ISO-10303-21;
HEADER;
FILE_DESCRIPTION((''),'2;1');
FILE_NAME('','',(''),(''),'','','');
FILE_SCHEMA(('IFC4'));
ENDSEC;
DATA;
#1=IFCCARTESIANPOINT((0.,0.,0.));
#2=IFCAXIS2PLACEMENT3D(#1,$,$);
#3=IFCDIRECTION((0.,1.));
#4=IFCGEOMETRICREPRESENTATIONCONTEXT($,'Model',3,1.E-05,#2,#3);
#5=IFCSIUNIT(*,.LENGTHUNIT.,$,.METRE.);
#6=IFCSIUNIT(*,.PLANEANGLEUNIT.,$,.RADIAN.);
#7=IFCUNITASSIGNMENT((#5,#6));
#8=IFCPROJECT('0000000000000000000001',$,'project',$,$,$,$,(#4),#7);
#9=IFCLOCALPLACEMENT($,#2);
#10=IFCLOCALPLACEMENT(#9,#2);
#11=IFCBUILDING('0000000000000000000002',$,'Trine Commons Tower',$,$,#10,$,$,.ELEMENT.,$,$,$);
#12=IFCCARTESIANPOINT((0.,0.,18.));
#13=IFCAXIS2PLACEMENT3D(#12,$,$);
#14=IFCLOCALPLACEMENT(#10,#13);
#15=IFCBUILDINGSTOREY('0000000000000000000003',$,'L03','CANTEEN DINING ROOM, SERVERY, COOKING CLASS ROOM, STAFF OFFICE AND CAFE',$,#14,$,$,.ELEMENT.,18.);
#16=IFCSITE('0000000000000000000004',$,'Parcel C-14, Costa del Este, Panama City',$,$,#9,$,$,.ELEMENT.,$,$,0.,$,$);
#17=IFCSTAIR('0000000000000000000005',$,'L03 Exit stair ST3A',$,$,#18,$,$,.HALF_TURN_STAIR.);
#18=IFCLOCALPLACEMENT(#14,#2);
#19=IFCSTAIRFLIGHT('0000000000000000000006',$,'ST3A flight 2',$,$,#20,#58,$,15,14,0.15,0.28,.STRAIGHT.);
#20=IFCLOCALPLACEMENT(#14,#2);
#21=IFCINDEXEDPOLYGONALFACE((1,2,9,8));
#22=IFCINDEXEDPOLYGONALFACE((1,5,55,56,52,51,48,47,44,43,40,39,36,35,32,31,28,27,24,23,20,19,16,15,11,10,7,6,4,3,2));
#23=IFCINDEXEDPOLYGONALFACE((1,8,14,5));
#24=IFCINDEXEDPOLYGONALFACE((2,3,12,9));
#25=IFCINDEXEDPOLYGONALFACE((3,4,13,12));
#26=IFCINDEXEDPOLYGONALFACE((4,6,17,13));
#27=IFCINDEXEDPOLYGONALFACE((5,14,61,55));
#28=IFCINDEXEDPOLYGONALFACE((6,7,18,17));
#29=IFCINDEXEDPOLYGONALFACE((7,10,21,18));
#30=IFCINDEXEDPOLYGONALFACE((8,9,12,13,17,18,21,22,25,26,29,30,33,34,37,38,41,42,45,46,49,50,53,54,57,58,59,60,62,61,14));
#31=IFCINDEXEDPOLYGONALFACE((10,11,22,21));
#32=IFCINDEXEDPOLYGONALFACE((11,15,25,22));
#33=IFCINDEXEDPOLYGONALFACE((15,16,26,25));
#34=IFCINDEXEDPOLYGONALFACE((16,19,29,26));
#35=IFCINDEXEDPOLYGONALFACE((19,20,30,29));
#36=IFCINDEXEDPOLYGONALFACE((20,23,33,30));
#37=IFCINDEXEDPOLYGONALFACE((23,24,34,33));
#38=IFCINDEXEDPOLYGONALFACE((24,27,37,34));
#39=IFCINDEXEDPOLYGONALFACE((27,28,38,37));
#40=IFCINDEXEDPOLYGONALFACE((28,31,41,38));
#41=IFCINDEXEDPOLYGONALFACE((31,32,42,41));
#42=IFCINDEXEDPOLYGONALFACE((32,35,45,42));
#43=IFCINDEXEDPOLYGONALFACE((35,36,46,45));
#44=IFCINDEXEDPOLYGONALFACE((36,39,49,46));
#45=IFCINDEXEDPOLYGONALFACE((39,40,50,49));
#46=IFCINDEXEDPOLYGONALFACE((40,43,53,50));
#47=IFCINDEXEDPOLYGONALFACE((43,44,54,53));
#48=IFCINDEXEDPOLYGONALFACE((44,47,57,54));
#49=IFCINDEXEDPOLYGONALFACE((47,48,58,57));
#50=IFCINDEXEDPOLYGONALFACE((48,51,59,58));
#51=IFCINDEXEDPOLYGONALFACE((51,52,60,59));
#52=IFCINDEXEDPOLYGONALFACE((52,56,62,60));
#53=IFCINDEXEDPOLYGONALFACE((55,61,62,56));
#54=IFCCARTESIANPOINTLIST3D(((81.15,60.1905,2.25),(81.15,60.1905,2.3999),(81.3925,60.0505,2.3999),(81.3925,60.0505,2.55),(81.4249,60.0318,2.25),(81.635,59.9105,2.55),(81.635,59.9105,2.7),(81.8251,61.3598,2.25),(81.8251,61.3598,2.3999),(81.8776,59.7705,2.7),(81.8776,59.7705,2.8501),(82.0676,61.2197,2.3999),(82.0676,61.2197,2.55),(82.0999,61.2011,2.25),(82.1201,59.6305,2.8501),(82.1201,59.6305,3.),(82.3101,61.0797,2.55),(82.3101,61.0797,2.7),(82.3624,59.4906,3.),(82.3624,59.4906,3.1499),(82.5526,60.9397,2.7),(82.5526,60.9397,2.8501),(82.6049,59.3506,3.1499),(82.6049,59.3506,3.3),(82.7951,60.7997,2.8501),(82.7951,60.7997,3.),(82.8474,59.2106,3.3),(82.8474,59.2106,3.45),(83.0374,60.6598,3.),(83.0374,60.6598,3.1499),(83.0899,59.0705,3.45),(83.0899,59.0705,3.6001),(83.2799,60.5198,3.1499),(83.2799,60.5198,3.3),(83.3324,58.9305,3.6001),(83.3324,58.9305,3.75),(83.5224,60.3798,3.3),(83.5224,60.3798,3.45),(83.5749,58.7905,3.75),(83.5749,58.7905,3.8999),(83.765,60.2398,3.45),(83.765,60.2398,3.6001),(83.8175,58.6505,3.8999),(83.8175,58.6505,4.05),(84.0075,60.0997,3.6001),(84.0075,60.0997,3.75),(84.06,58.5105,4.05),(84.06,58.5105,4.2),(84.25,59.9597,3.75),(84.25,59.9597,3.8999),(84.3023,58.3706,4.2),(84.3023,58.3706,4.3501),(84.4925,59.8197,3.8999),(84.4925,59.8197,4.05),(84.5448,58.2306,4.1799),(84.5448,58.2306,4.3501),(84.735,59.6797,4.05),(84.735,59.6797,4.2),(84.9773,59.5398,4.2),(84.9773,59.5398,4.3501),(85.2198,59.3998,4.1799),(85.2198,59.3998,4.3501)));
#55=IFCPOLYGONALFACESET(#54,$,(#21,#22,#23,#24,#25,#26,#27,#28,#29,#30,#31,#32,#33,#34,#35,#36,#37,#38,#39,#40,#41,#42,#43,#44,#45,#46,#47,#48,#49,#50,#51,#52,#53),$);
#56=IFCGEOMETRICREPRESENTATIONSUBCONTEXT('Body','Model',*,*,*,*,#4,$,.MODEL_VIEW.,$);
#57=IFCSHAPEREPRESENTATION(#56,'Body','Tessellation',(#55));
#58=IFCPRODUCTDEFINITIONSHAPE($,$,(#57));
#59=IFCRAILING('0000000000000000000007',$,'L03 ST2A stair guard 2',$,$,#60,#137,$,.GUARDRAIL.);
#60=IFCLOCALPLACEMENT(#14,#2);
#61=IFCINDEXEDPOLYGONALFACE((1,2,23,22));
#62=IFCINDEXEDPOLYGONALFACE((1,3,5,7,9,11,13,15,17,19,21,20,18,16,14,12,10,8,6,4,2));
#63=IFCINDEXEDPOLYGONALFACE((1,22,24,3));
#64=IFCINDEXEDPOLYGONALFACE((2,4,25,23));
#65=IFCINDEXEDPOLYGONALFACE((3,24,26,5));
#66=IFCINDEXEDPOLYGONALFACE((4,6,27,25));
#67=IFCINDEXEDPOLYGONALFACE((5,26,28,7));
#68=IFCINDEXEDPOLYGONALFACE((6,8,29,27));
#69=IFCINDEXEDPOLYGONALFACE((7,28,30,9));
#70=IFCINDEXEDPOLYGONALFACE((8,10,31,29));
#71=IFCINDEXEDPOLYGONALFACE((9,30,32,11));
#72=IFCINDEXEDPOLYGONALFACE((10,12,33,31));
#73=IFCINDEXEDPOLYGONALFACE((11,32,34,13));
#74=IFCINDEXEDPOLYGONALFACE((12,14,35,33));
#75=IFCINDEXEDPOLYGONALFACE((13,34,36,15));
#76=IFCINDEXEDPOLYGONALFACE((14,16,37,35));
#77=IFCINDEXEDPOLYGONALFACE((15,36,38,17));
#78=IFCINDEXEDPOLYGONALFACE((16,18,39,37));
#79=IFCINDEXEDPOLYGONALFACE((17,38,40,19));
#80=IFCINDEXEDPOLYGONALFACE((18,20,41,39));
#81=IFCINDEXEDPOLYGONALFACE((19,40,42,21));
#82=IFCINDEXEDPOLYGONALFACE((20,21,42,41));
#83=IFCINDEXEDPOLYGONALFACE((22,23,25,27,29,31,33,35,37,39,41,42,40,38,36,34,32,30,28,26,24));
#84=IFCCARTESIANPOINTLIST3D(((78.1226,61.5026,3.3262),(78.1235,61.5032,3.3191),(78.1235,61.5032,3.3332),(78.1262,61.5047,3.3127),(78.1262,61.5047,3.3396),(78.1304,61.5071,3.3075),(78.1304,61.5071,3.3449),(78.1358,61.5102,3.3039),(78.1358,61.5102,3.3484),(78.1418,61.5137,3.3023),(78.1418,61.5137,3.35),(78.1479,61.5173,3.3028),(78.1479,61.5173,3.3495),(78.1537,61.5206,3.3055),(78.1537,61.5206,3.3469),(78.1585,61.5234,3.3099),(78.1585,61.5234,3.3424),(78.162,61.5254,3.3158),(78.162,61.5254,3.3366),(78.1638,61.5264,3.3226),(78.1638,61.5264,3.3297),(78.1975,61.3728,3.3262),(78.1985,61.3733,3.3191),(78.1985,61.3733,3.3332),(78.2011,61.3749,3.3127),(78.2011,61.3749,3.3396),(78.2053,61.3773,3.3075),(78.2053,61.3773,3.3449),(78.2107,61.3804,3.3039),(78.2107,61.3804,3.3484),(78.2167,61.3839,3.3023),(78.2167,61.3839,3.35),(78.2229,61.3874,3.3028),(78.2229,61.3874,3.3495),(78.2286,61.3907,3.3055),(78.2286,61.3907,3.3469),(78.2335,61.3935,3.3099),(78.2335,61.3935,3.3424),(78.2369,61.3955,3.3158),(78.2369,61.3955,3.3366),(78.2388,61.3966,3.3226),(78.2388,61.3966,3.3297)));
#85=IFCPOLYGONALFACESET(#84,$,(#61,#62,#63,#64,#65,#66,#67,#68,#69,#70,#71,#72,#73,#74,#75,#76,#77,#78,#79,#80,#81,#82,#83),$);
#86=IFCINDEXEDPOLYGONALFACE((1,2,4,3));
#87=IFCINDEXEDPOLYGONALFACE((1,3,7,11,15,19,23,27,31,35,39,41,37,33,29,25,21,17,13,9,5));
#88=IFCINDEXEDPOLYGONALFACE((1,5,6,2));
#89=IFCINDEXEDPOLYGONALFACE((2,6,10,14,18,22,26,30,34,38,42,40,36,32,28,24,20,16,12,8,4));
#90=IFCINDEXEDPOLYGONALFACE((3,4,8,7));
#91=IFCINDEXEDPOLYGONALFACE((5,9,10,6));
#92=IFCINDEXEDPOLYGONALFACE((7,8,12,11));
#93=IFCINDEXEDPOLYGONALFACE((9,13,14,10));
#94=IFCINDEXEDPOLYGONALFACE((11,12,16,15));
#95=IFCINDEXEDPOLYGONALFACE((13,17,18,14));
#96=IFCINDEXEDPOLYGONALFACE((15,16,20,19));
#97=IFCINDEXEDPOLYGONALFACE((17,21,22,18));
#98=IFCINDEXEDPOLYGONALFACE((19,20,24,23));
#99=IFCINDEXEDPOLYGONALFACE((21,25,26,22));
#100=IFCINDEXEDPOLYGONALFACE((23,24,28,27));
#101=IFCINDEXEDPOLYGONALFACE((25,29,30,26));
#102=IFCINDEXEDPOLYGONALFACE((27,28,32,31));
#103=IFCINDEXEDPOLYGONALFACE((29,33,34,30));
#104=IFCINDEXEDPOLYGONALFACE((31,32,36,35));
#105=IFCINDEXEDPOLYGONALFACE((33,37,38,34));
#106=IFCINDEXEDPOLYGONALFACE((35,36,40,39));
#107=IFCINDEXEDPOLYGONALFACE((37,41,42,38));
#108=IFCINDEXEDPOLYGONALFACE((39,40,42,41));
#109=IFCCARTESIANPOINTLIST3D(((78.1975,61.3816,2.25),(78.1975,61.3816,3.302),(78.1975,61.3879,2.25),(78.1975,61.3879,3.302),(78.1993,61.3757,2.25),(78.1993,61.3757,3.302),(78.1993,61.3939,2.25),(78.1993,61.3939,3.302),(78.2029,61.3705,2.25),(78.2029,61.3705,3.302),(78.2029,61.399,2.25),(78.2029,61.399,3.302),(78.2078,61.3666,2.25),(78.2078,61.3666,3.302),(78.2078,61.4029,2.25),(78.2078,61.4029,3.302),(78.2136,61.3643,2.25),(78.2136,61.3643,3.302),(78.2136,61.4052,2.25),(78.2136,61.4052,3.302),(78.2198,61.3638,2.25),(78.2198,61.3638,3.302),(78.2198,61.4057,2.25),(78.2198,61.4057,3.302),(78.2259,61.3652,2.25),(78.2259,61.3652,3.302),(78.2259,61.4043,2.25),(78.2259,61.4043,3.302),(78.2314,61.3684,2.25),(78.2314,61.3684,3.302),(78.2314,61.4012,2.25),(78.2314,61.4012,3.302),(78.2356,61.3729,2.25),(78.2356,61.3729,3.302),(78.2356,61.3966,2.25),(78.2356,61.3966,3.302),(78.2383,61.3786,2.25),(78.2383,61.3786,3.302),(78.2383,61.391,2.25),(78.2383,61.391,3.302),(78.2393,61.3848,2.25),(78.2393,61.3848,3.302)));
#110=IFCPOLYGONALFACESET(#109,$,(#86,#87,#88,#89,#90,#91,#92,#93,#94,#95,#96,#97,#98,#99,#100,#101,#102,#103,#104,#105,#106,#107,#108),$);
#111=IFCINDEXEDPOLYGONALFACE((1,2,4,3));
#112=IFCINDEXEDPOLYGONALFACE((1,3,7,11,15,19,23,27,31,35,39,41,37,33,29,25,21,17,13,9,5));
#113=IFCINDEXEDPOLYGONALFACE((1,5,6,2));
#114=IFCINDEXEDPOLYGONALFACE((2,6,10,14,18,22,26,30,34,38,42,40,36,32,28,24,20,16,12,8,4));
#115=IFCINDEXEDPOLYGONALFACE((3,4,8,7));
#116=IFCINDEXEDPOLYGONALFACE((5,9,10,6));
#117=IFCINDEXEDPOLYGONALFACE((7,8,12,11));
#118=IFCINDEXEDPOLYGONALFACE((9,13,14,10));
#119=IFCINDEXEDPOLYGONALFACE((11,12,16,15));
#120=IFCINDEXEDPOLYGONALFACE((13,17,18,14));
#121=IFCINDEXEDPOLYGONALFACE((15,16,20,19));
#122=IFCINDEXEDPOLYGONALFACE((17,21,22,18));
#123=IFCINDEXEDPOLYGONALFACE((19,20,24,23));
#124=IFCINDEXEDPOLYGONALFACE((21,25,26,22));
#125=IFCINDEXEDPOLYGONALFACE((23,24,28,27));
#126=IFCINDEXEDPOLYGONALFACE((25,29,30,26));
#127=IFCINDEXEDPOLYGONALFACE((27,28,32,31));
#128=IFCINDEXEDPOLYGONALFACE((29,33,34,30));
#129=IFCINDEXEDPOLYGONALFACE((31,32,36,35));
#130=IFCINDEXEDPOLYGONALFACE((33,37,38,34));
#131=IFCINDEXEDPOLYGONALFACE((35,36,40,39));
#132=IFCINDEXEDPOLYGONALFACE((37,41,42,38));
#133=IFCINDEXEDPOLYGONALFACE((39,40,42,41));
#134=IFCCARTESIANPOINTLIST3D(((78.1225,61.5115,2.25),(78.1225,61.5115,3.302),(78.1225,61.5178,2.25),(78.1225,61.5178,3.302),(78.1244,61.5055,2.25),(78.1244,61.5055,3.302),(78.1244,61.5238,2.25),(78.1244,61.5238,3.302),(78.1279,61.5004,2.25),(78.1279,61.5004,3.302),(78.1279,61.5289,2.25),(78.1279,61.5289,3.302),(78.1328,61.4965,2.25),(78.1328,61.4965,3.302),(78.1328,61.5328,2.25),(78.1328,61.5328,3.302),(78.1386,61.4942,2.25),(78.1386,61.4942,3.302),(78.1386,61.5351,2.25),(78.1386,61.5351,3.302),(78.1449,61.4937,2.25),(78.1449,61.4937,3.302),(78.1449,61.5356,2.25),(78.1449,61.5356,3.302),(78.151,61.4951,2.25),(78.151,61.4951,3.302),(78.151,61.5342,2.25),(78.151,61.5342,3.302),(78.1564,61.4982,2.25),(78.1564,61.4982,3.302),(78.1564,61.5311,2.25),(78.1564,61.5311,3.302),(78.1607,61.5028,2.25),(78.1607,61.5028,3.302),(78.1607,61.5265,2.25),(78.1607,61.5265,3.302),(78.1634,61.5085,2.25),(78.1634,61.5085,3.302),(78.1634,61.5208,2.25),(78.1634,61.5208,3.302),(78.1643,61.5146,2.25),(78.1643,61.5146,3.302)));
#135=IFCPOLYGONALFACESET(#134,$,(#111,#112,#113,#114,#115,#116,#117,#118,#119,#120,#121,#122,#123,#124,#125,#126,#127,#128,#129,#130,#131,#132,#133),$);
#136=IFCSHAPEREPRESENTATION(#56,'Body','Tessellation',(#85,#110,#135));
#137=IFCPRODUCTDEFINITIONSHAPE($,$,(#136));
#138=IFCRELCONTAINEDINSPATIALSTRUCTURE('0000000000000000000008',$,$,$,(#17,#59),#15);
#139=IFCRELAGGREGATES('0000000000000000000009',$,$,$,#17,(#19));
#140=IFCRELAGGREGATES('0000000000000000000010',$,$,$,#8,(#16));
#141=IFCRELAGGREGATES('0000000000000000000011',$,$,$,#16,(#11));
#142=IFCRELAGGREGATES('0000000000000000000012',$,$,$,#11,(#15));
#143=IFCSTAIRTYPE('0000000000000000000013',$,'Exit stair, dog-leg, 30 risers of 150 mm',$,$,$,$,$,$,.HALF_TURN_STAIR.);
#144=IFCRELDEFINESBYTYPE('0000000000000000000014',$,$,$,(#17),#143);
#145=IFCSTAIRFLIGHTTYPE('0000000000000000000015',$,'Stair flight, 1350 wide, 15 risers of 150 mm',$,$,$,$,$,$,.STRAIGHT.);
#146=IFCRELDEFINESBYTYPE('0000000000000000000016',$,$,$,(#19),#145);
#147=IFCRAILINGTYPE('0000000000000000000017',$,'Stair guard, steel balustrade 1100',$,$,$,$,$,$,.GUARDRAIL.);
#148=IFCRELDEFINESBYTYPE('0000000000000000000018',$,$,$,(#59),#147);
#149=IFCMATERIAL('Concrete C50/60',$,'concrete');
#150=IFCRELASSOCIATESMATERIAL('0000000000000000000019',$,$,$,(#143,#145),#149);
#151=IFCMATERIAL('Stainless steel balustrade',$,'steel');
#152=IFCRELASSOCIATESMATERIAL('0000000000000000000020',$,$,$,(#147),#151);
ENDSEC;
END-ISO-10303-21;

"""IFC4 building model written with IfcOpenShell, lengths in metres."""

from ifc_helpers import new_model, si_unit, direction, frame, origin, origin_2d, place, context, subcontext, project, spatial, polyline, circle, outline, extrude, material, type_object, element, aggregate, save


model = new_model("IFC4")

# Units and contexts
model_context = context("Model", 3, precision=1e-05, world=origin(), true_north=direction((0.0, 1.0)))
body_context = subcontext(model_context, "Body", "Model", "MODEL_VIEW")
ifc_project = project(units=[si_unit("LENGTHUNIT", "METRE"), si_unit("PLANEANGLEUNIT", "RADIAN")], contexts=[model_context])

# Site, building, storey
site_placement = place(None, origin())
site = spatial("IfcSite", under=ifc_project, at=site_placement, Name="Parcel C-14, Costa del Este, Panama City", CompositionType="ELEMENT", RefElevation=0.0)
building_placement = place(site_placement, origin())
building = spatial("IfcBuilding", under=site, at=building_placement, Name="Trine Commons Tower", CompositionType="ELEMENT")
storey_placement = place(building_placement, frame((0.0, 0.0, 18.0)))
storey = spatial("IfcBuildingStorey", under=building, at=storey_placement, Name="L03", Description="CANTEEN DINING ROOM, SERVERY, COOKING CLASS ROOM, STAFF OFFICE AND CAFE", CompositionType="ELEMENT", Elevation=18.0)

# Stair, stair flight
ifc_material_1 = material(Name="Concrete C50/60", Category="concrete")
stair_type = type_object("IfcStairType", Name="Exit stair, dog-leg, 30 risers of 150 mm", PredefinedType="HALF_TURN_STAIR", material=ifc_material_1)
stair_flight_type = type_object("IfcStairFlightType", Name="Stair flight, 1350 wide, 15 risers of 150 mm", PredefinedType="STRAIGHT", material=ifc_material_1)
stair_1_placement = place(storey_placement, origin())
stair_1 = element("IfcStair", 1, at=stair_1_placement, inside=storey, type_object=stair_type, Name="L03 Exit stair ST3A", PredefinedType="HALF_TURN_STAIR")
stair_flight_1_placement = place(storey_placement, frame((81.4875, 60.7751, 2.25), z_axis=(0.0, 0.0, 1.0), x_axis=(0.866025, -0.5, 0.0)))
stair_flight_1 = element("IfcStairFlight", 2, at=stair_flight_1_placement, type_object=stair_flight_type, Name="ST3A flight 2", NumberOfRisers=15, NumberOfTreads=14, PredefinedType="STRAIGHT", RiserHeight=0.15, TreadLength=0.28, context=body_context, shape_type="SweptSolid", body=[
    extrude(outline(polyline([(0.0, 0.0), (0.0, 0.1499), (0.28, 0.1499), (0.28, 0.3), (0.5601, 0.3), (0.5601, 0.45), (0.8401, 0.45), (0.8401, 0.6001), (1.1201, 0.6001), (1.1201, 0.75), (1.3999, 0.75), (1.3999, 0.8999), (1.6799, 0.8999), (1.6799, 1.05), (1.96, 1.05), (1.96, 1.2), (2.24, 1.2), (2.24, 1.3501), (2.52, 1.3501), (2.52, 1.5), (2.8, 1.5), (2.8, 1.6499), (3.0801, 1.6499), (3.0801, 1.8), (3.3601, 1.8), (3.3601, 1.95), (3.6399, 1.95), (3.6399, 2.1001), (3.9199, 2.1001), (3.9199, 2.25), (3.9199, 1.9299), (0.3174, 0.0), (0.0, 0.0)])), frame((0.0, 0.675, 0.0), z_axis=(0.0, -1.0, 0.0), x_axis=(1.0, 0.0, 0.0)), (0.0, 0.0, 1.0), 1.3501),
])
aggregate(stair_1, [stair_flight_1])

# Railing
ifc_material_2 = material(Name="Stainless steel balustrade", Category="steel")
railing_type_1 = type_object("IfcRailingType", Name="Stair guard, steel balustrade 1100", PredefinedType="GUARDRAIL", material=ifc_material_2)
railing_1_placement = place(storey_placement, frame((78.2183, 61.3848, 2.25)))
element("IfcRailing", 3, at=railing_1_placement, inside=storey, type_object=railing_type_1, Name="L03 ST2A stair guard 2", PredefinedType="GUARDRAIL", context=body_context, shape_type="SweptSolid", body=[
    extrude(circle(Radius=0.0239, at=origin_2d()), frame((0.0, 0.0, 1.0762), z_axis=(-0.499816, 0.866131, 0.0), x_axis=(-0.866131, -0.499816, 0.0)), (0.0, 0.0, 1.0), 0.1499),
    extrude(circle(Radius=0.021, at=origin_2d()), origin(), (0.0, 0.0, 1.0), 1.052),
    extrude(circle(Radius=0.021, at=origin_2d()), frame((-0.075, 0.1299, 0.0)), (0.0, 0.0, 1.0), 1.052),
])

save(model, "model.ifc")
